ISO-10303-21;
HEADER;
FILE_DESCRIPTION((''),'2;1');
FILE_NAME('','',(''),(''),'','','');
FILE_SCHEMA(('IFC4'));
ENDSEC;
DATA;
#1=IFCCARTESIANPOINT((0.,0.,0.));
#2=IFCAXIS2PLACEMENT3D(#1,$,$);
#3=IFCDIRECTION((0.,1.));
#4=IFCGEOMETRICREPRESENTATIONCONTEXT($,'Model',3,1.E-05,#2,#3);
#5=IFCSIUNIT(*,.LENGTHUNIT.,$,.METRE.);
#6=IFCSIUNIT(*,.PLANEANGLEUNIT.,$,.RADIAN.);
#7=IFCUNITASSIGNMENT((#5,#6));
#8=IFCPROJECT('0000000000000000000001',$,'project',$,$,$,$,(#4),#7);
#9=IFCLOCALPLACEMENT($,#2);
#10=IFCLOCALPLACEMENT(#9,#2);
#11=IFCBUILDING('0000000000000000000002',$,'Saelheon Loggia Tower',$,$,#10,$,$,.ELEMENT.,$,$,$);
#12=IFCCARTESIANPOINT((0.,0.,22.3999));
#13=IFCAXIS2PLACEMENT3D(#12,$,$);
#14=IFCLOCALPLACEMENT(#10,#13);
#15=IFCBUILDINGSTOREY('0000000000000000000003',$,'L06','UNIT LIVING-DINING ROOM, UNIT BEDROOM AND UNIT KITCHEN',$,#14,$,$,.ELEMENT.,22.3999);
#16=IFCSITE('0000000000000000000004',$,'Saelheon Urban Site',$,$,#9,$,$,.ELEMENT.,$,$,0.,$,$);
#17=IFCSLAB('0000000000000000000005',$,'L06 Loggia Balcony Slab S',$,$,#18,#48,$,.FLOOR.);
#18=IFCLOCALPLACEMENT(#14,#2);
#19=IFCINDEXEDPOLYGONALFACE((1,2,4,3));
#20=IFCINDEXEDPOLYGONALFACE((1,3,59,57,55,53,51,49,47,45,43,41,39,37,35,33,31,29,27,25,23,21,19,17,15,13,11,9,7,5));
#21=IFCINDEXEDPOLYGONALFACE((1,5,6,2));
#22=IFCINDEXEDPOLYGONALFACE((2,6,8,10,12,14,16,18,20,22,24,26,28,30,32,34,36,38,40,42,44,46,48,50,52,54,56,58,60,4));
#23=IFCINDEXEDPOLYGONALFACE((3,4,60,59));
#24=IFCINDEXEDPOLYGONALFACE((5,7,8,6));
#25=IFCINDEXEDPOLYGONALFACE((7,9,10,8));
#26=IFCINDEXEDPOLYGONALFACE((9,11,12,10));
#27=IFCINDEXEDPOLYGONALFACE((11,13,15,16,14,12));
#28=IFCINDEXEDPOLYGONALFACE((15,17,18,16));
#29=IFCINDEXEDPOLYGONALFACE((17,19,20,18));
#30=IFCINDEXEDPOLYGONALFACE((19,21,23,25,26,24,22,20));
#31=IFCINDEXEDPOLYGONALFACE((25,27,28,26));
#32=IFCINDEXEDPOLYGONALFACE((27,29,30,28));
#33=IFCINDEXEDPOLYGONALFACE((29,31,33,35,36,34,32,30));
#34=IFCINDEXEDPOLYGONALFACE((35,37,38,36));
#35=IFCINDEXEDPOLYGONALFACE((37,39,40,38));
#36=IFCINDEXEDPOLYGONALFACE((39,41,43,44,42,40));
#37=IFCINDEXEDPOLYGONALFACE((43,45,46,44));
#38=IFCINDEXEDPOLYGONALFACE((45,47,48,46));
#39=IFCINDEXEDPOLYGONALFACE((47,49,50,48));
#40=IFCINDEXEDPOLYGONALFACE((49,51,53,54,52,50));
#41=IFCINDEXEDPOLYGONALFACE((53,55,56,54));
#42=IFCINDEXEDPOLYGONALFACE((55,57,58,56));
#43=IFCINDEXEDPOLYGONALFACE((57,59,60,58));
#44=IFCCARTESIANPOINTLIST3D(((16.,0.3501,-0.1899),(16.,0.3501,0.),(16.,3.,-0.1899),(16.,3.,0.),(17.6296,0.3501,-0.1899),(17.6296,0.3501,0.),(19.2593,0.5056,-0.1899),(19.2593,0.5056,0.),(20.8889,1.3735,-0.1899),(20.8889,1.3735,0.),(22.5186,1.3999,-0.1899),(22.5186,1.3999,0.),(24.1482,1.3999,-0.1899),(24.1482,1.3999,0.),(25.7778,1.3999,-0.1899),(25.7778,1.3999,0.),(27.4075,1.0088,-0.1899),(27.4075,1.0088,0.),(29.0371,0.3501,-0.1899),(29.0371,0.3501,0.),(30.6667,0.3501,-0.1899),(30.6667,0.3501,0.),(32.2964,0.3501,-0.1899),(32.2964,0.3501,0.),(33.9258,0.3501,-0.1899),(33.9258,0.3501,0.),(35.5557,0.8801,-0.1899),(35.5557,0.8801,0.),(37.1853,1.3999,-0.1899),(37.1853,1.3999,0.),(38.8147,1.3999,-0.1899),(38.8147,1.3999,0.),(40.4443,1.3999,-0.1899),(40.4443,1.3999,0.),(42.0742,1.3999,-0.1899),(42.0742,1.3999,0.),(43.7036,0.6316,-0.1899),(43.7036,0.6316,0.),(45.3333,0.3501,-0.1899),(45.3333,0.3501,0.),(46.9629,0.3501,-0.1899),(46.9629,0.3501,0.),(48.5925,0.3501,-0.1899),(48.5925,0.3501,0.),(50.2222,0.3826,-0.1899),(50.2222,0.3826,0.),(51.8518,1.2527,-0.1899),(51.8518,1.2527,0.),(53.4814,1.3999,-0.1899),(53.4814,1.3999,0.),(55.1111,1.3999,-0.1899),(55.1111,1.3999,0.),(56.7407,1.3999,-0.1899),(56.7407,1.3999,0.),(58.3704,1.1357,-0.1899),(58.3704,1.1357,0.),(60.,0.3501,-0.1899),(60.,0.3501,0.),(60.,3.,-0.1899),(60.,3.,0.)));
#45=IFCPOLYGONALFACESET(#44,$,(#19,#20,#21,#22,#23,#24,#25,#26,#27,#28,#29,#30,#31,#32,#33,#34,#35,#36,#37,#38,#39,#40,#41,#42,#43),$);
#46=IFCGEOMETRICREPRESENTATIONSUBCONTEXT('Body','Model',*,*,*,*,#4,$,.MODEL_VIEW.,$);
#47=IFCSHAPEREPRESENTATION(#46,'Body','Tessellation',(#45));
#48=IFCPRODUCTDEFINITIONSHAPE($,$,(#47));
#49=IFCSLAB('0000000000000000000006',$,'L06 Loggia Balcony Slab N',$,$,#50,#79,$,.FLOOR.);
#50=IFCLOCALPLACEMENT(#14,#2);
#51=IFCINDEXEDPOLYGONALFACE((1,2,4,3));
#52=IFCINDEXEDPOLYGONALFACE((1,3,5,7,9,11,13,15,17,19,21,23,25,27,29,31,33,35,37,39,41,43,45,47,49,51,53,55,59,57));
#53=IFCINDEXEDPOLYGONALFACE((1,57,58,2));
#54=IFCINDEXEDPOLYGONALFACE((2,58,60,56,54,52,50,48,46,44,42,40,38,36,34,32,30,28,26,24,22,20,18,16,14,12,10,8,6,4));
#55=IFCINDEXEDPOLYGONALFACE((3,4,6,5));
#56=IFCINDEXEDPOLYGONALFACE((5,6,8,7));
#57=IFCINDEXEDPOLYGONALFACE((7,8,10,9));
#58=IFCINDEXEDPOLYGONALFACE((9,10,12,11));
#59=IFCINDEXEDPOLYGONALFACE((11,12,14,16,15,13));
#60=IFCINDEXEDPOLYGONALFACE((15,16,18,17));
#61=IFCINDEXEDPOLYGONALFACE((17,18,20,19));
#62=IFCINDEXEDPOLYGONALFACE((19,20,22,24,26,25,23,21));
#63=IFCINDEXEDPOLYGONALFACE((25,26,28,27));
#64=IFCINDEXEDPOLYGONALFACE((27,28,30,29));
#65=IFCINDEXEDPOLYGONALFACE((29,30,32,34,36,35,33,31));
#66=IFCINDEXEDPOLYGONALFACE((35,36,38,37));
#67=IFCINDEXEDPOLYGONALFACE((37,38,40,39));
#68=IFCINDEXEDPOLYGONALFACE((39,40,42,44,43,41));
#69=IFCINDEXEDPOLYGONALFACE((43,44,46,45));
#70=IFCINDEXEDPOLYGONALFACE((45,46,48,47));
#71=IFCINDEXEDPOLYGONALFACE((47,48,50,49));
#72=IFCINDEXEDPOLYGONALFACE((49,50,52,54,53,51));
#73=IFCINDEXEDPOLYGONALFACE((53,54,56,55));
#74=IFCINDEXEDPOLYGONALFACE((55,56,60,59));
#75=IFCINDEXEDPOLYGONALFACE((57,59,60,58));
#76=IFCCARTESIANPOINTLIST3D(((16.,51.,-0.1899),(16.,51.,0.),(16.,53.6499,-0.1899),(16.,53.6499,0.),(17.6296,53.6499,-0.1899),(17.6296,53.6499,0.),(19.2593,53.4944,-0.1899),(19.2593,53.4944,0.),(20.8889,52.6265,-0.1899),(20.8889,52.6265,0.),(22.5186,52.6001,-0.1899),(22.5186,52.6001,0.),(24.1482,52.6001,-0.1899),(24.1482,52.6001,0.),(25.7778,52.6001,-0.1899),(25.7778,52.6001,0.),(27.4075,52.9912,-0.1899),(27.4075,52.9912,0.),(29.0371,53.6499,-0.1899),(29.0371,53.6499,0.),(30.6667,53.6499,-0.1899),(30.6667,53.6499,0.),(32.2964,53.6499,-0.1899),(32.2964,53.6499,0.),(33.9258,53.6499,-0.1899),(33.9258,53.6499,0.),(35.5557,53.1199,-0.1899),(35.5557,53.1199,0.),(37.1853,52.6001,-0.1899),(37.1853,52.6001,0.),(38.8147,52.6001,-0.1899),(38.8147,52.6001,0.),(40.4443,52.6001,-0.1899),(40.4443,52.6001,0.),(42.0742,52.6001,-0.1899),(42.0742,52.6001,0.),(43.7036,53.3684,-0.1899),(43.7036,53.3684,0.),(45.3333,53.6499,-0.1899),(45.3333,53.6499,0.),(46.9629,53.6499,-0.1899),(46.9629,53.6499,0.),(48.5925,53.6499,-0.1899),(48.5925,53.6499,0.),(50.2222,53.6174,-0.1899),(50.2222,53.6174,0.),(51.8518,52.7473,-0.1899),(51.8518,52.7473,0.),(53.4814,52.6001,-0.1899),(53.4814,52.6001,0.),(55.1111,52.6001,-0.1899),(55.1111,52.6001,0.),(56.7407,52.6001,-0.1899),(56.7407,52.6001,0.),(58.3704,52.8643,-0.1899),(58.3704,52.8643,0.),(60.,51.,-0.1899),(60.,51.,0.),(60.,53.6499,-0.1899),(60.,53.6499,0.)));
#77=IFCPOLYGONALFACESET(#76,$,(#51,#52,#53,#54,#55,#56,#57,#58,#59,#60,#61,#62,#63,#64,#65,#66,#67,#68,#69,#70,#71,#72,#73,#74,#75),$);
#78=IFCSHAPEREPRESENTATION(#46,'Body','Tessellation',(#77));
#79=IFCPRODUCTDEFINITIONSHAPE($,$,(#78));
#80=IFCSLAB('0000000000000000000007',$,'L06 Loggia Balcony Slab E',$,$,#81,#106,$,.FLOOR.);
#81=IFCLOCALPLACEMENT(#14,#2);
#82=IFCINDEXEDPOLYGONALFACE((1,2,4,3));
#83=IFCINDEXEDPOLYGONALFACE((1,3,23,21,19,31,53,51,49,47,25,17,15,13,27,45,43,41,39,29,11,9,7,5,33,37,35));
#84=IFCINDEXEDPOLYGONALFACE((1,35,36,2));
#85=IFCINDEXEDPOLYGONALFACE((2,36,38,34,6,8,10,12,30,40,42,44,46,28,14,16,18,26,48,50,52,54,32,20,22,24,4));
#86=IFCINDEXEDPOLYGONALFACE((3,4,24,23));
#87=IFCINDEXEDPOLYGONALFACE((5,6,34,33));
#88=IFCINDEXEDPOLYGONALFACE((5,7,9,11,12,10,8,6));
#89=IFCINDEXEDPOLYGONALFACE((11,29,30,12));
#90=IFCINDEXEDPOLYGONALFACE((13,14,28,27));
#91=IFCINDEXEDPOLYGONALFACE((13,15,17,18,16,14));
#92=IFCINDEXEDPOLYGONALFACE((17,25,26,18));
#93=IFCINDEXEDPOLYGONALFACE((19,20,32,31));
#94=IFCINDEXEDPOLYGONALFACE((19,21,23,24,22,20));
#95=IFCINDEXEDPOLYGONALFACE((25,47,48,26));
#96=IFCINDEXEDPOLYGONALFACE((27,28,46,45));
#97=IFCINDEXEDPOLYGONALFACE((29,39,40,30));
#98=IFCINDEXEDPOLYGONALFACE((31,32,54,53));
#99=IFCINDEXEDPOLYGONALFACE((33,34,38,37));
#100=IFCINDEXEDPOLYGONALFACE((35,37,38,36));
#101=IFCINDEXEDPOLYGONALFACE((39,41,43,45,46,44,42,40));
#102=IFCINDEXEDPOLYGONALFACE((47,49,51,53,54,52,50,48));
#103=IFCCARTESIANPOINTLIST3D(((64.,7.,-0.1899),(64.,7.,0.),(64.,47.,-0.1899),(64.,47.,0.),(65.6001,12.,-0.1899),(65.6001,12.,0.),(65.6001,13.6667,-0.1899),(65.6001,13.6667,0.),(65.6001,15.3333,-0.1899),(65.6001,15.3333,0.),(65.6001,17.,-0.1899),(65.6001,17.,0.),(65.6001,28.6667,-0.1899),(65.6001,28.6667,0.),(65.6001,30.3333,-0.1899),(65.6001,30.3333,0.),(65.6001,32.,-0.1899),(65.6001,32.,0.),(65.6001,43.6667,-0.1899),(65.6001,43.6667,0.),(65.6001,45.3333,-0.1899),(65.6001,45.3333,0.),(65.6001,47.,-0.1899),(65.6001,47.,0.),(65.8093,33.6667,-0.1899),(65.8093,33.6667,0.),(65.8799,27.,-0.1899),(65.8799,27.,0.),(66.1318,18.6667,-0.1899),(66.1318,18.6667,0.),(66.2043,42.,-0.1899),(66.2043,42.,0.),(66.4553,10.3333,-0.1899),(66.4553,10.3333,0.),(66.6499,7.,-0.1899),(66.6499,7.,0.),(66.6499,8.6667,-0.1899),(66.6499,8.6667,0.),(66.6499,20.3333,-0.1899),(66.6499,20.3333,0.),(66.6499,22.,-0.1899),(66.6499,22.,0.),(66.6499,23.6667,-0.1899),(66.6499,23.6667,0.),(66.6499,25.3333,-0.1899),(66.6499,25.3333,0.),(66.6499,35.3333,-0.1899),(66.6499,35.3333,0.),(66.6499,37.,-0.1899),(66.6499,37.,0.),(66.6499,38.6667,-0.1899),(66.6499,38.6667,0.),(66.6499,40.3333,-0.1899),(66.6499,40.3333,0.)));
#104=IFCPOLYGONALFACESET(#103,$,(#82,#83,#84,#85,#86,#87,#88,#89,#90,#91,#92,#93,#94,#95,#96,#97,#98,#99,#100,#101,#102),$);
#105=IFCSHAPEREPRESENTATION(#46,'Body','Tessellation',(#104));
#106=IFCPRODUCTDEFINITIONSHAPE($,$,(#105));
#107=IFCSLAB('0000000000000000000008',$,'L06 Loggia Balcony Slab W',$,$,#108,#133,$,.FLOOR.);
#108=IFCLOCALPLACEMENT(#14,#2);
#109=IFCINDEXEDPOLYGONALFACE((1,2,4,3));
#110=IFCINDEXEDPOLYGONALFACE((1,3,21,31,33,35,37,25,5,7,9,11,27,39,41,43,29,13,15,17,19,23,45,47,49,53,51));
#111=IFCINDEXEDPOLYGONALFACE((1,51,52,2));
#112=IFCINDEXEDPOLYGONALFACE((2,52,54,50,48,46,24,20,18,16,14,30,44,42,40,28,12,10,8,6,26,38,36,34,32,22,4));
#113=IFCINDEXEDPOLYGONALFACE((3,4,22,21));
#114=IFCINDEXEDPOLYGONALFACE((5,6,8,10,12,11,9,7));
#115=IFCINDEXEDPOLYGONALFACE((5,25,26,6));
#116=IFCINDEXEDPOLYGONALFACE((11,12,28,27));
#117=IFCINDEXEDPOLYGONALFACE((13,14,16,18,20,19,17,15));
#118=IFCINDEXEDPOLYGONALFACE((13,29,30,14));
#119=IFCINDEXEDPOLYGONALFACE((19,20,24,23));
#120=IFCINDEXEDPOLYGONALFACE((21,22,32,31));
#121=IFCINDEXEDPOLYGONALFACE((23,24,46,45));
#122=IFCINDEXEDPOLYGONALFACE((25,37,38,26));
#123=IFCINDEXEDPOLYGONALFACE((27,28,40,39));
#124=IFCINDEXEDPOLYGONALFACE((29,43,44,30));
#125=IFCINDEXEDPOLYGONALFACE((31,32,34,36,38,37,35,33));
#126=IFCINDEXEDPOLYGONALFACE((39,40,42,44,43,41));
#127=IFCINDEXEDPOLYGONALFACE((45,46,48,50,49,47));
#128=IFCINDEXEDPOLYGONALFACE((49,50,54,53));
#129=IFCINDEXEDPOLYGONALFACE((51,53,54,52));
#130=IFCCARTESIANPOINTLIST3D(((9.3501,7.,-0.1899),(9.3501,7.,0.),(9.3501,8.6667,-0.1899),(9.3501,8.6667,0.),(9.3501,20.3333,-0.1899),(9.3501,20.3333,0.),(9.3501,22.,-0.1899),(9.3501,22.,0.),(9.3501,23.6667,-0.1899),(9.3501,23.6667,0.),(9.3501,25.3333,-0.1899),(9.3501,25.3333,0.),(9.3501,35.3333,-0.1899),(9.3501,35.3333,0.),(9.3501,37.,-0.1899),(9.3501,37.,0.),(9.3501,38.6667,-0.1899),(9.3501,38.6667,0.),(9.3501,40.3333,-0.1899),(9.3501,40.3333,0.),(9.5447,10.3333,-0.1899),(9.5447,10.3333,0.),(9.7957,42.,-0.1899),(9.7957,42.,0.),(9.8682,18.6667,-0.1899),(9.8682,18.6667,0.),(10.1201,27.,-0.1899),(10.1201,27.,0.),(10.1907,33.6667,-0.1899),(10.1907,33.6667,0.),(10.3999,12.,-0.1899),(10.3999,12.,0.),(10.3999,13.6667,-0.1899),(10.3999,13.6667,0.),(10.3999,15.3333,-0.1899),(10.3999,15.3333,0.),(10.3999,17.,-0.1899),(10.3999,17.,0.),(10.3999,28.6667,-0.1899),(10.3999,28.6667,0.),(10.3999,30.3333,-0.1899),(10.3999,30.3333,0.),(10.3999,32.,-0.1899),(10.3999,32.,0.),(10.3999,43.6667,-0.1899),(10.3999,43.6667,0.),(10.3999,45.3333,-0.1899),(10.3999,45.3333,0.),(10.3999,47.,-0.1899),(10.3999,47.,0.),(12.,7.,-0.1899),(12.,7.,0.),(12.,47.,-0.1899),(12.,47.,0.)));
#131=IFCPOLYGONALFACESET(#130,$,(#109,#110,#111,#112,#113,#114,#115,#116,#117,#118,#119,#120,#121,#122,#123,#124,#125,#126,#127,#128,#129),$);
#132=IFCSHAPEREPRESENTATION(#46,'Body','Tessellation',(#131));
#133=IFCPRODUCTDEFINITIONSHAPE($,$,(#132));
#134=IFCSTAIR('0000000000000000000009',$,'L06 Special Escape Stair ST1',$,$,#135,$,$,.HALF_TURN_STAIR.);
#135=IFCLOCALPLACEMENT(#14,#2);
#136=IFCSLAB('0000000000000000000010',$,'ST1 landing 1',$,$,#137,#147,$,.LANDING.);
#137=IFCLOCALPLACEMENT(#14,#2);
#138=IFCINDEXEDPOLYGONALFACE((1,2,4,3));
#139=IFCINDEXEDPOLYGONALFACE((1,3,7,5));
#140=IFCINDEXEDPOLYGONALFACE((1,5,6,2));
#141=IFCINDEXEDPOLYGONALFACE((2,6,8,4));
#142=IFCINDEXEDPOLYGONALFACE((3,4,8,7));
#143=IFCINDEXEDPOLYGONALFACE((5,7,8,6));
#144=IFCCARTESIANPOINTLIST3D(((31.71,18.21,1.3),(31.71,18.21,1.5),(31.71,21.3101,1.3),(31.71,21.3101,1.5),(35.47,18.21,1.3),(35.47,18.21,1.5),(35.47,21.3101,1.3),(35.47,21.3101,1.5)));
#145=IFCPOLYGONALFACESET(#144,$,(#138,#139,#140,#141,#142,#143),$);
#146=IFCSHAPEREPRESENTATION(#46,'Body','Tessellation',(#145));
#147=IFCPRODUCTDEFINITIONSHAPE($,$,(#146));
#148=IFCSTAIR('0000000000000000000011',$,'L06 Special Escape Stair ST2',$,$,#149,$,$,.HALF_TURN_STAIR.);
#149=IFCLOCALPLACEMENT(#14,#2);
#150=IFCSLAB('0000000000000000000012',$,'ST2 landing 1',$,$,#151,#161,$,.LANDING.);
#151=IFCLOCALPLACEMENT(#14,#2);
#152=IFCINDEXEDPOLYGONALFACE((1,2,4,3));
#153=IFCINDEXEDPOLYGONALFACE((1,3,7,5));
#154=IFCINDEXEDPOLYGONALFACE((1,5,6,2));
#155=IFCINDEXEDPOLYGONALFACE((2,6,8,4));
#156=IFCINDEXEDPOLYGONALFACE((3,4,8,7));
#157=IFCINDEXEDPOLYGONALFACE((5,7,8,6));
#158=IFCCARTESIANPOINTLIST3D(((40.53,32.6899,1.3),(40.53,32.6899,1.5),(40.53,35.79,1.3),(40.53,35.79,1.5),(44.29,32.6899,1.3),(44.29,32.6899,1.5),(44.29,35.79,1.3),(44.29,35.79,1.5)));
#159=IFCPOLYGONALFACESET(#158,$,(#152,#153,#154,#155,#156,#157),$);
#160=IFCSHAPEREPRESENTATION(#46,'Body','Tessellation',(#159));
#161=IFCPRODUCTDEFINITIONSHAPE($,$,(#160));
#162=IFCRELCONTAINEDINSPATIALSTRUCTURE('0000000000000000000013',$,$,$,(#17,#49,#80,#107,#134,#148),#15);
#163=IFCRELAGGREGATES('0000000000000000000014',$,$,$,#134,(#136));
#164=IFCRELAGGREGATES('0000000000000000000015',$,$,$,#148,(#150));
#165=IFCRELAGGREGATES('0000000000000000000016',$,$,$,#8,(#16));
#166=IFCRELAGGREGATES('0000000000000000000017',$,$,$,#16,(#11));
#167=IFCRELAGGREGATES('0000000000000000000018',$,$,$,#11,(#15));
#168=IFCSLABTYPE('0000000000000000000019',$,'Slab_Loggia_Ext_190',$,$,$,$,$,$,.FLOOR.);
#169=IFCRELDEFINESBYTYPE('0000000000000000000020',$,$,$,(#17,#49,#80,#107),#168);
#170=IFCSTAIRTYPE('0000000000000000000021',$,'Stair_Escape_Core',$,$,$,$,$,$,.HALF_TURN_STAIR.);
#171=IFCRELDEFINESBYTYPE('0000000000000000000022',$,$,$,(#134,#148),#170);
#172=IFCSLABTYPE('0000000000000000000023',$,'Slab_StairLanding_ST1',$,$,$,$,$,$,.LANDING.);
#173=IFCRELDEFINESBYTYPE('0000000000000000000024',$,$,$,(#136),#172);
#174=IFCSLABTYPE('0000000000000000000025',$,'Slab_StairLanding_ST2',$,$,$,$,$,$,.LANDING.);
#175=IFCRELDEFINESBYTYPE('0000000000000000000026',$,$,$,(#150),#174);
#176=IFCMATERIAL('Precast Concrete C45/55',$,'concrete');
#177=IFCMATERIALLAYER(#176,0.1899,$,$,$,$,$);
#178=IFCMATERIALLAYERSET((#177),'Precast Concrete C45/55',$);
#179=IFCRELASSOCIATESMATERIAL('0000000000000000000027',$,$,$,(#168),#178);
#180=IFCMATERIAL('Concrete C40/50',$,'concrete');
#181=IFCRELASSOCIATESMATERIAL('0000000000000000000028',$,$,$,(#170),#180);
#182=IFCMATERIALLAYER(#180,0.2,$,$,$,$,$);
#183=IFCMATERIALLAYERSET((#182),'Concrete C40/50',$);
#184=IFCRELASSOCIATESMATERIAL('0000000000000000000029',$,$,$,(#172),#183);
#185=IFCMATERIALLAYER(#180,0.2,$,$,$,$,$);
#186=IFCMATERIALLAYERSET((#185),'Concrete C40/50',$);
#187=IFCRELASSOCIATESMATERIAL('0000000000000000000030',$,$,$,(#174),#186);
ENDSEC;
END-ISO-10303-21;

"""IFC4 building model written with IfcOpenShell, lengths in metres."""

from ifc_helpers import new_model, si_unit, direction, frame, origin, place, context, subcontext, project, spatial, polyline, outline, extrude, material, layer, layer_set, type_object, element, aggregate, save


model = new_model("IFC4")

# Units and contexts
model_context = context("Model", 3, precision=1e-05, world=origin(), true_north=direction((0.0, 1.0)))
body_context = subcontext(model_context, "Body", "Model", "MODEL_VIEW")
ifc_project = project(units=[si_unit("LENGTHUNIT", "METRE"), si_unit("PLANEANGLEUNIT", "RADIAN")], contexts=[model_context])

# Site, building, storey
site_placement = place(None, origin())
site = spatial("IfcSite", under=ifc_project, at=site_placement, Name="Saelheon Urban Site", CompositionType="ELEMENT", RefElevation=0.0)
building_placement = place(site_placement, origin())
building = spatial("IfcBuilding", under=site, at=building_placement, Name="Saelheon Loggia Tower", CompositionType="ELEMENT")
storey_placement = place(building_placement, frame((0.0, 0.0, 22.3999)))
storey = spatial("IfcBuildingStorey", under=building, at=storey_placement, Name="L06", Description="UNIT LIVING-DINING ROOM, UNIT BEDROOM AND UNIT KITCHEN", CompositionType="ELEMENT", Elevation=22.3999)

# Slabs
ifc_material_1 = material(Name="Precast Concrete C45/55", Category="concrete")
ifc_layer_1 = layer(ifc_material_1, 0.1899)
ifc_layer_set_1 = layer_set([ifc_layer_1], Name="Precast Concrete C45/55")
slab_type_1 = type_object("IfcSlabType", Name="Slab_Loggia_Ext_190", PredefinedType="FLOOR", material=ifc_layer_set_1)
slab_1_placement = place(storey_placement, frame((0.0, 0.0, -0.1899)))
element("IfcSlab", 1, at=slab_1_placement, inside=storey, type_object=slab_type_1, Name="L06 Loggia Balcony Slab S", PredefinedType="FLOOR", context=body_context, shape_type="SweptSolid", body=[
    extrude(outline(polyline([(16.0, 0.3501), (17.6296, 0.3501), (19.2593, 0.5056), (20.8889, 1.3735), (22.5186, 1.3999), (24.1482, 1.3999), (25.7778, 1.3999), (27.4075, 1.0088), (29.0371, 0.3501), (30.6667, 0.3501), (32.2964, 0.3501), (33.9258, 0.3501), (35.5557, 0.8801), (37.1853, 1.3999), (38.8147, 1.3999), (40.4443, 1.3999), (42.0742, 1.3999), (43.7036, 0.6316), (45.3333, 0.3501), (46.9629, 0.3501), (48.5925, 0.3501), (50.2222, 0.3826), (51.8518, 1.2527), (53.4814, 1.3999), (55.1111, 1.3999), (56.7407, 1.3999), (58.3704, 1.1357), (60.0, 0.3501), (60.0, 3.0), (16.0, 3.0), (16.0, 0.3501)])), origin(), (0.0, 0.0, 1.0), 0.1899),
])
slab_2_placement = place(storey_placement, frame((0.0, 0.0, -0.1899)))
element("IfcSlab", 2, at=slab_2_placement, inside=storey, type_object=slab_type_1, Name="L06 Loggia Balcony Slab N", PredefinedType="FLOOR", context=body_context, shape_type="SweptSolid", body=[
    extrude(outline(polyline([(16.0, 51.0), (60.0, 51.0), (60.0, 53.6499), (58.3704, 52.8643), (56.7407, 52.6001), (55.1111, 52.6001), (53.4814, 52.6001), (51.8518, 52.7473), (50.2222, 53.6174), (48.5925, 53.6499), (46.9629, 53.6499), (45.3333, 53.6499), (43.7036, 53.3684), (42.0742, 52.6001), (40.4443, 52.6001), (38.8147, 52.6001), (37.1853, 52.6001), (35.5557, 53.1199), (33.9258, 53.6499), (32.2964, 53.6499), (30.6667, 53.6499), (29.0371, 53.6499), (27.4075, 52.9912), (25.7778, 52.6001), (24.1482, 52.6001), (22.5186, 52.6001), (20.8889, 52.6265), (19.2593, 53.4944), (17.6296, 53.6499), (16.0, 53.6499), (16.0, 51.0)])), origin(), (0.0, 0.0, 1.0), 0.1899),
])
slab_3_placement = place(storey_placement, frame((0.0, 0.0, -0.1899)))
element("IfcSlab", 3, at=slab_3_placement, inside=storey, type_object=slab_type_1, Name="L06 Loggia Balcony Slab E", PredefinedType="FLOOR", context=body_context, shape_type="SweptSolid", body=[
    extrude(outline(polyline([(64.0, 7.0), (66.6499, 7.0), (66.6499, 8.6667), (66.4553, 10.3333), (65.6001, 12.0), (65.6001, 13.6667), (65.6001, 15.3333), (65.6001, 17.0), (66.1318, 18.6667), (66.6499, 20.3333), (66.6499, 22.0), (66.6499, 23.6667), (66.6499, 25.3333), (65.8799, 27.0), (65.6001, 28.6667), (65.6001, 30.3333), (65.6001, 32.0), (65.8093, 33.6667), (66.6499, 35.3333), (66.6499, 37.0), (66.6499, 38.6667), (66.6499, 40.3333), (66.2043, 42.0), (65.6001, 43.6667), (65.6001, 45.3333), (65.6001, 47.0), (64.0, 47.0), (64.0, 7.0)])), origin(), (0.0, 0.0, 1.0), 0.1899),
])
slab_4_placement = place(storey_placement, frame((0.0, 0.0, -0.1899)))
element("IfcSlab", 4, at=slab_4_placement, inside=storey, type_object=slab_type_1, Name="L06 Loggia Balcony Slab W", PredefinedType="FLOOR", context=body_context, shape_type="SweptSolid", body=[
    extrude(outline(polyline([(12.0, 7.0), (12.0, 47.0), (10.3999, 47.0), (10.3999, 45.3333), (10.3999, 43.6667), (9.7957, 42.0), (9.3501, 40.3333), (9.3501, 38.6667), (9.3501, 37.0), (9.3501, 35.3333), (10.1907, 33.6667), (10.3999, 32.0), (10.3999, 30.3333), (10.3999, 28.6667), (10.1201, 27.0), (9.3501, 25.3333), (9.3501, 23.6667), (9.3501, 22.0), (9.3501, 20.3333), (9.8682, 18.6667), (10.3999, 17.0), (10.3999, 15.3333), (10.3999, 13.6667), (10.3999, 12.0), (9.5447, 10.3333), (9.3501, 8.6667), (9.3501, 7.0), (12.0, 7.0)])), origin(), (0.0, 0.0, 1.0), 0.1899),
])

# Stairs, slabs
ifc_material_2 = material(Name="Concrete C40/50", Category="concrete")
stair_type = type_object("IfcStairType", Name="Stair_Escape_Core", PredefinedType="HALF_TURN_STAIR", material=ifc_material_2)
stair_1_placement = place(storey_placement, origin())
stair_1 = element("IfcStair", 5, at=stair_1_placement, inside=storey, type_object=stair_type, Name="L06 Special Escape Stair ST1", PredefinedType="HALF_TURN_STAIR")
ifc_layer_2 = layer(ifc_material_2, 0.2)
ifc_layer_set_2 = layer_set([ifc_layer_2], Name="Concrete C40/50")
slab_type_2 = type_object("IfcSlabType", Name="Slab_StairLanding_ST1", PredefinedType="LANDING", material=ifc_layer_set_2)
slab_5_placement = place(storey_placement, frame((0.0, 0.0, 1.3)))
slab_5 = element("IfcSlab", 6, at=slab_5_placement, type_object=slab_type_2, Name="ST1 landing 1", PredefinedType="LANDING", context=body_context, shape_type="SweptSolid", body=[
    extrude(outline(polyline([(31.71, 21.3101), (31.71, 18.21), (35.47, 18.21), (35.47, 21.3101), (31.71, 21.3101)])), origin(), (0.0, 0.0, 1.0), 0.2),
])
aggregate(stair_1, [slab_5])
stair_2_placement = place(storey_placement, origin())
stair_2 = element("IfcStair", 7, at=stair_2_placement, inside=storey, type_object=stair_type, Name="L06 Special Escape Stair ST2", PredefinedType="HALF_TURN_STAIR")
ifc_layer_3 = layer(ifc_material_2, 0.2)
ifc_layer_set_3 = layer_set([ifc_layer_3], Name="Concrete C40/50")
slab_type_3 = type_object("IfcSlabType", Name="Slab_StairLanding_ST2", PredefinedType="LANDING", material=ifc_layer_set_3)
slab_6_placement = place(storey_placement, frame((0.0, 0.0, 1.3)))
slab_6 = element("IfcSlab", 8, at=slab_6_placement, type_object=slab_type_3, Name="ST2 landing 1", PredefinedType="LANDING", context=body_context, shape_type="SweptSolid", body=[
    extrude(outline(polyline([(44.29, 32.6899), (44.29, 35.79), (40.53, 35.79), (40.53, 32.6899), (44.29, 32.6899)])), origin(), (0.0, 0.0, 1.0), 0.2),
])
aggregate(stair_2, [slab_6])

save(model, "model.ifc")
